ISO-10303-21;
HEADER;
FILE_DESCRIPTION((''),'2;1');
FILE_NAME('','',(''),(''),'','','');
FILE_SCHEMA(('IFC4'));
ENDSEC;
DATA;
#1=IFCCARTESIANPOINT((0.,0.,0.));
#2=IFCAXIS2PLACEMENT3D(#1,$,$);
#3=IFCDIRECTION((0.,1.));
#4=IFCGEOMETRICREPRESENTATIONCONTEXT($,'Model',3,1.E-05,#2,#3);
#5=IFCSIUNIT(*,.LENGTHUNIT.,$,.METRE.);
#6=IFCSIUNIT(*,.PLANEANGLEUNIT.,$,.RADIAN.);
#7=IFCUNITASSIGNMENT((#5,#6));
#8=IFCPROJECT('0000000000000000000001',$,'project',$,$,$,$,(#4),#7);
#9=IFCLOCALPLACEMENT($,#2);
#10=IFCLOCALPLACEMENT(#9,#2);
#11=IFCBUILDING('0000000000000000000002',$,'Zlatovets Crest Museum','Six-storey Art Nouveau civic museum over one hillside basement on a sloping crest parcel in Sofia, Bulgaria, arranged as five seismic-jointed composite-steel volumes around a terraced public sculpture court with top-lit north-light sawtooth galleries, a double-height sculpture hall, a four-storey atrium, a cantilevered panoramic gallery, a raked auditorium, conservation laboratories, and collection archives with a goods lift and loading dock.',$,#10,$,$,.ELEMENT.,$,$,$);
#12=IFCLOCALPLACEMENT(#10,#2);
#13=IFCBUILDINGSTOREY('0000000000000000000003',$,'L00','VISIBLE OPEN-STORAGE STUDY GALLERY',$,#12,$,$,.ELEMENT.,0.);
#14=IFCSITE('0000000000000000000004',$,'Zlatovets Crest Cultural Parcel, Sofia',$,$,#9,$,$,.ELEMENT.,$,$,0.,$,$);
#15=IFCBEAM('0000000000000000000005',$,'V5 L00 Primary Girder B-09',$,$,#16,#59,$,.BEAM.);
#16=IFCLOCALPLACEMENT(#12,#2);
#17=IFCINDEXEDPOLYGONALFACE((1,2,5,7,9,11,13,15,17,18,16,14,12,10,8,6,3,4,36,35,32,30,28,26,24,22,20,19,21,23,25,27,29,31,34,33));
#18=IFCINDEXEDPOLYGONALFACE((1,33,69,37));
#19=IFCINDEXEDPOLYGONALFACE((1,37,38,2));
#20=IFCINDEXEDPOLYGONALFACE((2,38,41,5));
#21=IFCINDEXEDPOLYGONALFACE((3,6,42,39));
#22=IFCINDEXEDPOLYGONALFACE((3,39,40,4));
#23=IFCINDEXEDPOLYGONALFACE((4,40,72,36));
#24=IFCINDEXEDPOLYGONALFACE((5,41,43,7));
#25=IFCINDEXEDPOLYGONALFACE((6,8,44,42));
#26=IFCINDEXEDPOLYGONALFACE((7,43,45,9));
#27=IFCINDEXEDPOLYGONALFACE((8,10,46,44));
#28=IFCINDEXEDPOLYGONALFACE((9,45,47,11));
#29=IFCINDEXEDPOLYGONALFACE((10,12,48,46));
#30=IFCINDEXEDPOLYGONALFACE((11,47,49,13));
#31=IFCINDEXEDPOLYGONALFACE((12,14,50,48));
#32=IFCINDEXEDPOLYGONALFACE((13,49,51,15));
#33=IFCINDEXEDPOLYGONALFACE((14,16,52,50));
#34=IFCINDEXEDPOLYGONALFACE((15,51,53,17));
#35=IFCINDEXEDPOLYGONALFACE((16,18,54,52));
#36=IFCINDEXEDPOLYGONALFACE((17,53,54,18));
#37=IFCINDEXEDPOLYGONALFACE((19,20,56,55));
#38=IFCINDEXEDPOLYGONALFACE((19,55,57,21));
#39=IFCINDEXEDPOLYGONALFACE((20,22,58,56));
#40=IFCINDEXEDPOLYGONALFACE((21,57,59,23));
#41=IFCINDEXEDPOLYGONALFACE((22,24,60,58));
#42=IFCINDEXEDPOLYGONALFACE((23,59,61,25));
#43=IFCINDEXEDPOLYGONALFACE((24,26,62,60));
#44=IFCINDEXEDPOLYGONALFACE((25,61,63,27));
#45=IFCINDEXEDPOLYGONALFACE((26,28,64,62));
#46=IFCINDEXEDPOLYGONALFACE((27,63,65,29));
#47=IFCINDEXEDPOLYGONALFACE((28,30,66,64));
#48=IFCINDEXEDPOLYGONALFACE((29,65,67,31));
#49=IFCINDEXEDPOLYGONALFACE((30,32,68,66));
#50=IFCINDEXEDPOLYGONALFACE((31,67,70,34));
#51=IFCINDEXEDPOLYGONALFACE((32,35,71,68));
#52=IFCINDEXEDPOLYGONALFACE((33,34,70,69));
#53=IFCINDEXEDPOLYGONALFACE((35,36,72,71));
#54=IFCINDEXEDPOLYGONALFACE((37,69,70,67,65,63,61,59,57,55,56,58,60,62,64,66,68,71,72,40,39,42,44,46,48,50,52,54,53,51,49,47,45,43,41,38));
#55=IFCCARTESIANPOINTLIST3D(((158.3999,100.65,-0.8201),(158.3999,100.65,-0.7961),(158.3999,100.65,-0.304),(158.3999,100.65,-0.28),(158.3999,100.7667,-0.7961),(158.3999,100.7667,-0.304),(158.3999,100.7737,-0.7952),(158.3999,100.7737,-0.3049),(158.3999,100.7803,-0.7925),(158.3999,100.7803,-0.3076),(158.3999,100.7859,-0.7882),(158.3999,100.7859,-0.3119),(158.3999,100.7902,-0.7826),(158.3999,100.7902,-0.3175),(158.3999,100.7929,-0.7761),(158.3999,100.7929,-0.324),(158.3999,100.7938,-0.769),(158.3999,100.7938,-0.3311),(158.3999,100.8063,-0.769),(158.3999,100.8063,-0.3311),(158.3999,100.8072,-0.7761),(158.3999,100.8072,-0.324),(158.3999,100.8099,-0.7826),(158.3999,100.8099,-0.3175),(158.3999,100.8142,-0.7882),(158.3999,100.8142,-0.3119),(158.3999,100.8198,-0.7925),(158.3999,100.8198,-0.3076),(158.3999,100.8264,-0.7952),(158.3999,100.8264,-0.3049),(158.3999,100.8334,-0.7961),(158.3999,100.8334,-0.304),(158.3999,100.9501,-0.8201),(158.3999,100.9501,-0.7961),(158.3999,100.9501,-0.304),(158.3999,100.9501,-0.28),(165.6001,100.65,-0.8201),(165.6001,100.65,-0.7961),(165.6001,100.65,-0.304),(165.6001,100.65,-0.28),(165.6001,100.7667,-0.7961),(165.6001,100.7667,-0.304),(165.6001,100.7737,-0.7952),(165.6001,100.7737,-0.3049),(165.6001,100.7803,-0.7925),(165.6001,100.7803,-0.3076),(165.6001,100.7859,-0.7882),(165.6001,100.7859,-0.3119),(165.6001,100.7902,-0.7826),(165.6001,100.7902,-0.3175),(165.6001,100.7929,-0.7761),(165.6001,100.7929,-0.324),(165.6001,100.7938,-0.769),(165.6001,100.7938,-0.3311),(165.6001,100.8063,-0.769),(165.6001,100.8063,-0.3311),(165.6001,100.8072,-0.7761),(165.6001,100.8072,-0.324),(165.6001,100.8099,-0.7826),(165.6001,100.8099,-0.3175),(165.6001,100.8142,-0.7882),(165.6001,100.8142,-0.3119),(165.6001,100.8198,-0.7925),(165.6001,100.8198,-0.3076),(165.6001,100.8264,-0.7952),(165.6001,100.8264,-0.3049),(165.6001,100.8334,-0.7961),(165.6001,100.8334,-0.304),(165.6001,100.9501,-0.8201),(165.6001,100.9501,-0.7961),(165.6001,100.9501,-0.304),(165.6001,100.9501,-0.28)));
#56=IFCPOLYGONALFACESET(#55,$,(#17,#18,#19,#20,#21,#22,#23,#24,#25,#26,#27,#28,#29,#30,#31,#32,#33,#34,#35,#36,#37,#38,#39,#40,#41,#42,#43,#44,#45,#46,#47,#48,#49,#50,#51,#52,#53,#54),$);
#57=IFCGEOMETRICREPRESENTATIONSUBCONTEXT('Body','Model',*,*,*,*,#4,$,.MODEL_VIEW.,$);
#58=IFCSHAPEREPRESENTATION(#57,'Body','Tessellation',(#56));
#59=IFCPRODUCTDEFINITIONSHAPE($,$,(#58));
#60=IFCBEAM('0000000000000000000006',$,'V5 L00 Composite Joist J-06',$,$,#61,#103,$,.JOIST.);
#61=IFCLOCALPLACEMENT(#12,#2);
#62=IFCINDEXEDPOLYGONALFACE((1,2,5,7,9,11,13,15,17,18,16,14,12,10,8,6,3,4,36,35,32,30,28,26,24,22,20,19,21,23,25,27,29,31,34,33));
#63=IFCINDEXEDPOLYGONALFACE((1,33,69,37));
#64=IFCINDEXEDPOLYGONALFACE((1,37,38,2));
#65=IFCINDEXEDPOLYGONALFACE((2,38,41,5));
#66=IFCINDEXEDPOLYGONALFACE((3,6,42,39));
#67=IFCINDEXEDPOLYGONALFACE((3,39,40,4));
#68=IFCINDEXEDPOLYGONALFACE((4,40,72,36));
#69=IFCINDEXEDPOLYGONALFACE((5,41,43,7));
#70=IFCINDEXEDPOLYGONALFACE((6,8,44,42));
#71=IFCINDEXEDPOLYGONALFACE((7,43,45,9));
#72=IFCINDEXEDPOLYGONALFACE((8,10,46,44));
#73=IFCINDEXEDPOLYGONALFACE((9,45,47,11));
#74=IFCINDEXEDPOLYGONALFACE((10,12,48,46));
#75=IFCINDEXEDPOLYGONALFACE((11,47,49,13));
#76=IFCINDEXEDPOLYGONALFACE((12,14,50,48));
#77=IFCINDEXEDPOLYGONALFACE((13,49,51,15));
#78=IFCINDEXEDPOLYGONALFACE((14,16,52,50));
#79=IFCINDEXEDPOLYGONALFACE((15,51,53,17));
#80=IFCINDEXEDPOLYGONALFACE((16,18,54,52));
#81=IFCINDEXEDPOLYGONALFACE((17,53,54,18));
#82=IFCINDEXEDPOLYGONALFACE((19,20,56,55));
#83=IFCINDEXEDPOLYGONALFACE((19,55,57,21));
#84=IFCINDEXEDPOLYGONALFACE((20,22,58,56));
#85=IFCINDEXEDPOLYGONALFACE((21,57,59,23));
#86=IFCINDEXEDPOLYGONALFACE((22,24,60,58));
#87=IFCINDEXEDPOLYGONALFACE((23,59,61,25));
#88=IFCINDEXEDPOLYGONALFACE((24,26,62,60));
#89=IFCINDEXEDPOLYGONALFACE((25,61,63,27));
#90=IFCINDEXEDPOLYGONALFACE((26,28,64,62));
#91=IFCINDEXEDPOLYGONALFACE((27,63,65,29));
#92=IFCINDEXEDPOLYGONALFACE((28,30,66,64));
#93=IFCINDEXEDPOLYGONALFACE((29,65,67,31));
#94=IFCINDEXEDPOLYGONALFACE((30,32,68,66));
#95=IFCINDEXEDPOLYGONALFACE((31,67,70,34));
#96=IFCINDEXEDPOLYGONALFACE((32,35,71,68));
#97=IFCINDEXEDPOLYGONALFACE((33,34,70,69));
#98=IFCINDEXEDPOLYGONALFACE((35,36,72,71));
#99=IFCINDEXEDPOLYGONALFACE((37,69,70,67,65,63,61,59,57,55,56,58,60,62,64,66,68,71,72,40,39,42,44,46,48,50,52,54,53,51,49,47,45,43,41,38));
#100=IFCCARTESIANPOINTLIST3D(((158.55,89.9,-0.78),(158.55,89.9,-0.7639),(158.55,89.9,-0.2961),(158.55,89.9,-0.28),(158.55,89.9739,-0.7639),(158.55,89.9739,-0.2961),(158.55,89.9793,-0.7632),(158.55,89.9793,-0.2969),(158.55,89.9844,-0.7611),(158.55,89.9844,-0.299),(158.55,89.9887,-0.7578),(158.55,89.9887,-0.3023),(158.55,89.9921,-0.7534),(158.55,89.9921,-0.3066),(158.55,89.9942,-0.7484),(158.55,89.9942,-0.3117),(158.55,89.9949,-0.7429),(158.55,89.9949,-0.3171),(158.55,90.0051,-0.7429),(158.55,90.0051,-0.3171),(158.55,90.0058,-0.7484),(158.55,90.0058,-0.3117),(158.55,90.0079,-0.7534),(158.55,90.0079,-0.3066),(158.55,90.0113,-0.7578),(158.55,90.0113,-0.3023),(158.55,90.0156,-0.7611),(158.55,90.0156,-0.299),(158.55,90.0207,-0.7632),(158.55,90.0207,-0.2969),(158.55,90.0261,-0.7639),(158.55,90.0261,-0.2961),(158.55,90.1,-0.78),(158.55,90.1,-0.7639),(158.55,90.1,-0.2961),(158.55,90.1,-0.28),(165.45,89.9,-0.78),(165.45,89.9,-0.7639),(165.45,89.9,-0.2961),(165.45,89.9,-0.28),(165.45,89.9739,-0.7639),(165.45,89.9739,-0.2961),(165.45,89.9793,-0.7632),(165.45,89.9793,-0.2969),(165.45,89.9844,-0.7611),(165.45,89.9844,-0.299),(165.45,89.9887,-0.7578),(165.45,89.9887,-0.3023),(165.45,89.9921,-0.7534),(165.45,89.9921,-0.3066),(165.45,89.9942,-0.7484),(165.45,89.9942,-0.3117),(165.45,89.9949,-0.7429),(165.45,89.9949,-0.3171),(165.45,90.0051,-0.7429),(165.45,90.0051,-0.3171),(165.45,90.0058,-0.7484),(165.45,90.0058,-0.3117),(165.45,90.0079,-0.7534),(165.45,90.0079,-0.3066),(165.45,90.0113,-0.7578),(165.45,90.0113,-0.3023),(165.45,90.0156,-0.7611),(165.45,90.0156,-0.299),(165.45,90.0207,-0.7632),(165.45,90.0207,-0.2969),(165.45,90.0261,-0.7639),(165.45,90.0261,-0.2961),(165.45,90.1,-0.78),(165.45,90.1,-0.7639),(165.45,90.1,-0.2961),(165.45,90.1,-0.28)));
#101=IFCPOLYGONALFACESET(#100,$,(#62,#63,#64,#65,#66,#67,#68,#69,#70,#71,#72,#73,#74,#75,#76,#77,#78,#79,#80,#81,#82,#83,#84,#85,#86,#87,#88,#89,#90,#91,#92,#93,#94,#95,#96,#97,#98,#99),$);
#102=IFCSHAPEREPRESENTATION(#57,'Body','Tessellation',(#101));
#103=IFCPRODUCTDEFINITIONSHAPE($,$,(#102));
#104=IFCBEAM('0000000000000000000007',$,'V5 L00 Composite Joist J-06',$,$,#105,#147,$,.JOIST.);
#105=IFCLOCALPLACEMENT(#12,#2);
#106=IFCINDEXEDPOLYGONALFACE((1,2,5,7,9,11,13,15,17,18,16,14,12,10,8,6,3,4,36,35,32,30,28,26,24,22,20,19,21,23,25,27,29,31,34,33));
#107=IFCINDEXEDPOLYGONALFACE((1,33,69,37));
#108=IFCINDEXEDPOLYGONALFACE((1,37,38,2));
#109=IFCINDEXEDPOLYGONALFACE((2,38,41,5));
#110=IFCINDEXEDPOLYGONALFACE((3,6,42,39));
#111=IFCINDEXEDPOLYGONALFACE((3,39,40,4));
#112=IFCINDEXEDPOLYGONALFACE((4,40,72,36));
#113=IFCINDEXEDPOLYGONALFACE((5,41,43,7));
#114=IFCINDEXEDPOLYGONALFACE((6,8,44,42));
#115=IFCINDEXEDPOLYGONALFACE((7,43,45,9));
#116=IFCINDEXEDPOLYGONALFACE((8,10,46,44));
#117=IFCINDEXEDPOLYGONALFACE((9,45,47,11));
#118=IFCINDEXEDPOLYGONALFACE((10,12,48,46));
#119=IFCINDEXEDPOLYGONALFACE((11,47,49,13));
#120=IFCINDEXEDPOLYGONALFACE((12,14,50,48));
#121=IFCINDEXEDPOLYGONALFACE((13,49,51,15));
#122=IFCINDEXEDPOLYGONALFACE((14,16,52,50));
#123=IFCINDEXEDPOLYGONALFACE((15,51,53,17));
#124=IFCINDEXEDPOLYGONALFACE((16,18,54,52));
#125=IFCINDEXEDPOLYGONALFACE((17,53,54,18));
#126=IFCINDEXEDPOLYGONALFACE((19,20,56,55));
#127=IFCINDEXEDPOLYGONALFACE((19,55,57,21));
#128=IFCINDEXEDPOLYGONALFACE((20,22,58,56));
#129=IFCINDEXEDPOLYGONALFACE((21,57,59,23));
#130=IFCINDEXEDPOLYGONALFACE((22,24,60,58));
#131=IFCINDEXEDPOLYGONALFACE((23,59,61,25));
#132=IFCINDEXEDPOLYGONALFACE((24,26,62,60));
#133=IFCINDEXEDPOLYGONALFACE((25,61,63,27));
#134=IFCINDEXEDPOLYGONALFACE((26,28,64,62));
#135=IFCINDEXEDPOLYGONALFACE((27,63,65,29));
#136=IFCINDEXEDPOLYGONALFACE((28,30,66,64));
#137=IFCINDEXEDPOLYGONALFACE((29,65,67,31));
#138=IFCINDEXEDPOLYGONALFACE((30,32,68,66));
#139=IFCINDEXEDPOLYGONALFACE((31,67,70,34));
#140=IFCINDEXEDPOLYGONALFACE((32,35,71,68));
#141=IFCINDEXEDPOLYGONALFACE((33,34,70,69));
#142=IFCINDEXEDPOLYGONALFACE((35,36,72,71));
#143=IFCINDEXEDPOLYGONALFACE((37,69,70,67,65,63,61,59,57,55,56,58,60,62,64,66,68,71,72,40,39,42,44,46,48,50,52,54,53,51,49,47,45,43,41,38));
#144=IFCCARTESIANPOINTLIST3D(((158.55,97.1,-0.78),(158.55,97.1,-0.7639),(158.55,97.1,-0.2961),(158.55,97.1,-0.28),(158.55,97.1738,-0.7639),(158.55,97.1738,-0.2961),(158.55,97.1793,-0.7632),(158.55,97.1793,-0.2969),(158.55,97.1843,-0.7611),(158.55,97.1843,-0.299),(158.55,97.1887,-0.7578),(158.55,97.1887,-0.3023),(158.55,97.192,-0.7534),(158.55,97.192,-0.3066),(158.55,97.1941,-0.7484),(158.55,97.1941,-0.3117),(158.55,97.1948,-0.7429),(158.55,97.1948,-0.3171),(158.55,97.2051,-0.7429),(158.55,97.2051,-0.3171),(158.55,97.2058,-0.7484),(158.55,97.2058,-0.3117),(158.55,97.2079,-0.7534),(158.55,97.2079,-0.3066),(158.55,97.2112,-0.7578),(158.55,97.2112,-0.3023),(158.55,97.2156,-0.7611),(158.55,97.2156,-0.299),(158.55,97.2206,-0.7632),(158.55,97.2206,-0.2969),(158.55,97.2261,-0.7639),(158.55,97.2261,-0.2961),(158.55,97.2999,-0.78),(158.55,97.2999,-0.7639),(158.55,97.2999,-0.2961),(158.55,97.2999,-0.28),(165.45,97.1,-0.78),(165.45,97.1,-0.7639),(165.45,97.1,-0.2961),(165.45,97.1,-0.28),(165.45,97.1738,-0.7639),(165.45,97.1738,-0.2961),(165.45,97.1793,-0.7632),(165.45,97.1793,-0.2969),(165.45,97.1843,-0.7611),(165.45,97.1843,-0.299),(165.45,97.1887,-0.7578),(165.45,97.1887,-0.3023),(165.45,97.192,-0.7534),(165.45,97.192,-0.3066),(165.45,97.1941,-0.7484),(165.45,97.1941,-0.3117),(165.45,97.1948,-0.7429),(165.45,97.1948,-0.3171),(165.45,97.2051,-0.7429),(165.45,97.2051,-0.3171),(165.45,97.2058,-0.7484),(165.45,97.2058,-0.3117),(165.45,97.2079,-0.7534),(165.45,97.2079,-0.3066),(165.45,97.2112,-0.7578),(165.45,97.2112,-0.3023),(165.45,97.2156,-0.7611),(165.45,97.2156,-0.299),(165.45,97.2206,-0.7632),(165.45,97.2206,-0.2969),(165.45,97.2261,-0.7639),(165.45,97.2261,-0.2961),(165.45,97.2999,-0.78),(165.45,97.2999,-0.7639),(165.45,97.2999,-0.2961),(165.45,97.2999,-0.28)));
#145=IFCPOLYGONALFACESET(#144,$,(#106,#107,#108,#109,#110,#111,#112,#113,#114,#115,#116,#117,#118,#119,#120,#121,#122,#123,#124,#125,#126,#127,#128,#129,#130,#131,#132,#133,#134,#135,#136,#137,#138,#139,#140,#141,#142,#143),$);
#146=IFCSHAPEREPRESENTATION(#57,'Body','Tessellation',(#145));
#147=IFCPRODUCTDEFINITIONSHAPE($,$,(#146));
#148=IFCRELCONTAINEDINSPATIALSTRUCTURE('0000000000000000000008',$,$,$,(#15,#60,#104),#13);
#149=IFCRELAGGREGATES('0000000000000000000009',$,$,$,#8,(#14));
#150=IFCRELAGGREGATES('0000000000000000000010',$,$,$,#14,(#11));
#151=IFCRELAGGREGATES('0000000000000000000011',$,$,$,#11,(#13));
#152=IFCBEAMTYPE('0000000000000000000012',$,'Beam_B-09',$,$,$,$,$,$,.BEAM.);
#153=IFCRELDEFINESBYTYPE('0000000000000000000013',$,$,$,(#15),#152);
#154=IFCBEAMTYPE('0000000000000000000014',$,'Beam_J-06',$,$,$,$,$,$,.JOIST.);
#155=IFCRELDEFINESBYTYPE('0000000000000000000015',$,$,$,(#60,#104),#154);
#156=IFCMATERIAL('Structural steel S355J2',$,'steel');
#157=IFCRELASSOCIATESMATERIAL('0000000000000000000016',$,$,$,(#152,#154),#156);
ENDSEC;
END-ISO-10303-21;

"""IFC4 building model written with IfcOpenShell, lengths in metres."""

from ifc_helpers import new_model, si_unit, direction, frame, origin, origin_2d, place, context, subcontext, project, spatial, i_section, extrude, material, material_profile, profile_set, type_object, element, save


model = new_model("IFC4")

# Units and contexts
model_context = context("Model", 3, precision=1e-05, world=origin(), true_north=direction((0.0, 1.0)))
body_context = subcontext(model_context, "Body", "Model", "MODEL_VIEW")
ifc_project = project(units=[si_unit("LENGTHUNIT", "METRE"), si_unit("PLANEANGLEUNIT", "RADIAN")], contexts=[model_context])

# Site, building, storey
site_placement = place(None, origin())
site = spatial("IfcSite", under=ifc_project, at=site_placement, Name="Zlatovets Crest Cultural Parcel, Sofia", CompositionType="ELEMENT", RefElevation=0.0)
building_placement = place(site_placement, origin())
building = spatial("IfcBuilding", under=site, at=building_placement, Name="Zlatovets Crest Museum", Description="Six-storey Art Nouveau civic museum over one hillside basement on a sloping crest parcel in Sofia, Bulgaria, arranged as five seismic-jointed composite-steel volumes around a terraced public sculpture court with top-lit north-light sawtooth galleries, a double-height sculpture hall, a four-storey atrium, a cantilevered panoramic gallery, a raked auditorium, conservation laboratories, and collection archives with a goods lift and loading dock.", CompositionType="ELEMENT")
storey_placement = place(building_placement, origin())
storey = spatial("IfcBuildingStorey", under=building, at=storey_placement, Name="L00", Description="VISIBLE OPEN-STORAGE STUDY GALLERY", CompositionType="ELEMENT", Elevation=0.0)

# Shared definitions
ifc_material_1 = material(Name="Structural steel S355J2", Category="steel")

# Beams
ifc_material_profile_1 = material_profile(ifc_material_1, i_section(OverallWidth=0.3, OverallDepth=0.54, WebThickness=0.0125, FlangeThickness=0.0239, FilletRadius=0.0271, at=origin_2d()), Name="HEA 550")
ifc_profile_set_1 = profile_set([ifc_material_profile_1], Name="Structural steel S355J2")
beam_type_1 = type_object("IfcBeamType", Name="Beam_B-09", PredefinedType="BEAM", material=ifc_profile_set_1)
beam_1_placement = place(storey_placement, frame((158.3999, 100.8, -0.55), z_axis=(1.0, 0.0, 0.0), x_axis=(0.0, 1.0, 0.0)))
element("IfcBeam", 1, at=beam_1_placement, inside=storey, type_object=beam_type_1, Name="V5 L00 Primary Girder B-09", PredefinedType="BEAM", context=body_context, shape_type="SweptSolid", body=[
    extrude(i_section(OverallWidth=0.3, OverallDepth=0.54, WebThickness=0.0125, FlangeThickness=0.0239, FilletRadius=0.0271, at=origin_2d()), origin(), (0.0, 0.0, 1.0), 7.2002),
])
ifc_material_profile_2 = material_profile(ifc_material_1, i_section(OverallWidth=0.2, OverallDepth=0.5, WebThickness=0.0103, FlangeThickness=0.0161, FilletRadius=0.021, at=origin_2d()), Name="IPE 500")
ifc_profile_set_2 = profile_set([ifc_material_profile_2], Name="Structural steel S355J2")
beam_type_2 = type_object("IfcBeamType", Name="Beam_J-06", PredefinedType="JOIST", material=ifc_profile_set_2)
for number, where, z_axis, x_axis, name in (
    (2, (158.55, 90.0, -0.53), (1.0, 0.0, 0.0), (0.0, 1.0, 0.0), "V5 L00 Composite Joist J-06"),
    (3, (158.55, 97.2, -0.53), (1.0, 0.0, 0.0), (0.0, 1.0, 0.0), "V5 L00 Composite Joist J-06"),
):
    element("IfcBeam", number, at=place(storey_placement, frame(where, z_axis=z_axis, x_axis=x_axis)), inside=storey, type_object=beam_type_2, Name=name, PredefinedType="JOIST", context=body_context, shape_type="SweptSolid", body=[
        extrude(i_section(OverallWidth=0.2, OverallDepth=0.5, WebThickness=0.0103, FlangeThickness=0.0161, FilletRadius=0.021, at=origin_2d()), origin(), (0.0, 0.0, 1.0), 6.8999),
    ])

save(model, "model.ifc")
